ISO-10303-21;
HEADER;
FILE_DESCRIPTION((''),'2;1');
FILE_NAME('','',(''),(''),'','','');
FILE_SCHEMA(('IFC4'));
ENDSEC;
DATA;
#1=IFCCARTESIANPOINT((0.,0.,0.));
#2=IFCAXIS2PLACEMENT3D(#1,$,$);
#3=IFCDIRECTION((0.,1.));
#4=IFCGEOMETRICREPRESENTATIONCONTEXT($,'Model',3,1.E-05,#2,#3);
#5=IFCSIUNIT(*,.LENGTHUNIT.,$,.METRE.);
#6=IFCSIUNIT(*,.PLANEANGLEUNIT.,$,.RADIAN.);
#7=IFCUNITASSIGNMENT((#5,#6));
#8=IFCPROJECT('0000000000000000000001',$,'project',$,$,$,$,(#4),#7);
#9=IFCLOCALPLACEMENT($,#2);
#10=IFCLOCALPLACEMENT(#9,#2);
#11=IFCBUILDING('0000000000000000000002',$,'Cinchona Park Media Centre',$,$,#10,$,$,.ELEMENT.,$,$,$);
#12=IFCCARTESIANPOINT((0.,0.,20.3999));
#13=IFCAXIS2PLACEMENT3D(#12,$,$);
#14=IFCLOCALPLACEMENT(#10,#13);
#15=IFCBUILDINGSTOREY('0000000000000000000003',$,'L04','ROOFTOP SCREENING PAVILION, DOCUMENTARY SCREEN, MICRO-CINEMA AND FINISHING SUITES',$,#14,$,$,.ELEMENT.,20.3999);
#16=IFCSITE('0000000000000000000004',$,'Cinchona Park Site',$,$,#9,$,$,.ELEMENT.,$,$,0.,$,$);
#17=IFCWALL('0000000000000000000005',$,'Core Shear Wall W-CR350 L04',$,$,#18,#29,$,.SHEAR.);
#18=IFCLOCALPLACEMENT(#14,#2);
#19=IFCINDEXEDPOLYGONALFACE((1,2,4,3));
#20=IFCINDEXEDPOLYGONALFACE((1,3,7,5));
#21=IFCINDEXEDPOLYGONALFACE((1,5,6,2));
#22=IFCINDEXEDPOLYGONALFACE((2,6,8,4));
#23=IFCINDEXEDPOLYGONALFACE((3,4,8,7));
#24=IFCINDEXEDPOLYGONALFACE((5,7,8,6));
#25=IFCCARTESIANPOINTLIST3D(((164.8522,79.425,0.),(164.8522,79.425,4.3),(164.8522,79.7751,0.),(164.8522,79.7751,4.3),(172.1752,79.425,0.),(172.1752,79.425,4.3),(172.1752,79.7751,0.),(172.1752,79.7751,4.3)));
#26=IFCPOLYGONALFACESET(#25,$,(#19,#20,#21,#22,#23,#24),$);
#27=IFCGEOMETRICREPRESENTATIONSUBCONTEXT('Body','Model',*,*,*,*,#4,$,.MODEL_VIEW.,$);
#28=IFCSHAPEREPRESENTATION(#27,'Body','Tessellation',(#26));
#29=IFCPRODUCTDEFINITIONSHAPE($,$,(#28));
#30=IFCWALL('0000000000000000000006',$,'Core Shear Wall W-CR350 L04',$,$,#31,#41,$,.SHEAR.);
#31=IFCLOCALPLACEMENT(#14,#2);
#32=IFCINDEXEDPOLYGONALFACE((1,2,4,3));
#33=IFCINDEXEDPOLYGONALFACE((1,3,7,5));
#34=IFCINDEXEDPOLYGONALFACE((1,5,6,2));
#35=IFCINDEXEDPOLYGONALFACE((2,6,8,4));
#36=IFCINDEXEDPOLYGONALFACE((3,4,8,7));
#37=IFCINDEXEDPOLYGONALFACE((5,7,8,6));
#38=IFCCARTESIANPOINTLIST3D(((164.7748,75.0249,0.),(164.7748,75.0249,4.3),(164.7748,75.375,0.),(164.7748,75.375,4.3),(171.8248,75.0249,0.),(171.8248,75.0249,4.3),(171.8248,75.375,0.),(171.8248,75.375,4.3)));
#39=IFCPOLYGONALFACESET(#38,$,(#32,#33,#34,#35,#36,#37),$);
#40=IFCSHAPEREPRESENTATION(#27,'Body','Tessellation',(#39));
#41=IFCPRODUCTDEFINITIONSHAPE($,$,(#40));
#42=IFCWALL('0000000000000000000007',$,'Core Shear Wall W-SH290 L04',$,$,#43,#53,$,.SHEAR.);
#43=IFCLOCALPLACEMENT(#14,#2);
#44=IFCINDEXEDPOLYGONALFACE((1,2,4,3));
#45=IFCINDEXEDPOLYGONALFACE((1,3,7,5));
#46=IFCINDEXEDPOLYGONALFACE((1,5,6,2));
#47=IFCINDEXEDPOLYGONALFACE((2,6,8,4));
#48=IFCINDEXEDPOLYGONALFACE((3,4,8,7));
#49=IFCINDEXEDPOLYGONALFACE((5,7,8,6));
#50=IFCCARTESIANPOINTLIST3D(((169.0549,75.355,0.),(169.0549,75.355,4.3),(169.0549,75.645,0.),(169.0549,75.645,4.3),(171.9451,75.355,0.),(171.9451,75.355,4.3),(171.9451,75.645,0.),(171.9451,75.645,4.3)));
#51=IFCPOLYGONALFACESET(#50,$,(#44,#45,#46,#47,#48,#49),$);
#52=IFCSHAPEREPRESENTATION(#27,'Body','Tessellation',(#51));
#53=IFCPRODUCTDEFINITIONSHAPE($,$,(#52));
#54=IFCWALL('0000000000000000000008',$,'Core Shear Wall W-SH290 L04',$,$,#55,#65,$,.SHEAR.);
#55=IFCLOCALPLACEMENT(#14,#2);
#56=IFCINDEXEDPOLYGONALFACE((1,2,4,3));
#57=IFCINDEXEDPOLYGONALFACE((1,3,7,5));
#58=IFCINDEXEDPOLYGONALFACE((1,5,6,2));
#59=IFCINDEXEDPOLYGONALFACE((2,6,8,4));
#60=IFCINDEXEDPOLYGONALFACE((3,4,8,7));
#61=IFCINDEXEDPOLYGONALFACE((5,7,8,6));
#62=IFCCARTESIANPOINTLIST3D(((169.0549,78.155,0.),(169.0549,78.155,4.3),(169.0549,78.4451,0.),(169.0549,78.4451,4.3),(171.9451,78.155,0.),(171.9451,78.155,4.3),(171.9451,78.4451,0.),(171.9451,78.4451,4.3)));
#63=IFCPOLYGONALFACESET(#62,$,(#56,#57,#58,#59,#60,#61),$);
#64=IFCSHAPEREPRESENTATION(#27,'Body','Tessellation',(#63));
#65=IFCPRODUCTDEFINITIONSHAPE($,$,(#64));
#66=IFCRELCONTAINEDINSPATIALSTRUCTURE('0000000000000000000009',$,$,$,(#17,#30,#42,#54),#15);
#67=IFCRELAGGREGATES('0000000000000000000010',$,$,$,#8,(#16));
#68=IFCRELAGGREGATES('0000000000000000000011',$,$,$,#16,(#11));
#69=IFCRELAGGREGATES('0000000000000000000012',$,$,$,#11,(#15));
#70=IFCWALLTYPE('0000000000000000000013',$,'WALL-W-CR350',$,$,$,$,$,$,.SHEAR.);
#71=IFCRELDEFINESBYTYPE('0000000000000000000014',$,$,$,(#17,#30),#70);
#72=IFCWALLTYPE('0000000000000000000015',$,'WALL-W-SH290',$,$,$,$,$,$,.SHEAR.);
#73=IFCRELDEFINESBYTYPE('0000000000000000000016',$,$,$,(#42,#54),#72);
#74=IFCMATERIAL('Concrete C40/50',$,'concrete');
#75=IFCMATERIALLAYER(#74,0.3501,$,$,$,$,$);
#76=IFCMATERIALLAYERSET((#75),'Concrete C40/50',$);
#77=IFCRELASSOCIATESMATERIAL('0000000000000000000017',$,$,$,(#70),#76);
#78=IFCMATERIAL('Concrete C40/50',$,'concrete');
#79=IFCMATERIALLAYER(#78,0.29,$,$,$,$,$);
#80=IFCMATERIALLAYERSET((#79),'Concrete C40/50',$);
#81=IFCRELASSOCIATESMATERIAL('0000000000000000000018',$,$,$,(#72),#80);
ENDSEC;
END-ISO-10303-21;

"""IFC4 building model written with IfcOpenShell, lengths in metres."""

from ifc_helpers import new_model, si_unit, direction, frame, frame_2d, origin, place, context, subcontext, project, spatial, rectangle, extrude, material, layer, layer_set, type_object, element, save


model = new_model("IFC4")

# Units and contexts
model_context = context("Model", 3, precision=1e-05, world=origin(), true_north=direction((0.0, 1.0)))
body_context = subcontext(model_context, "Body", "Model", "MODEL_VIEW")
ifc_project = project(units=[si_unit("LENGTHUNIT", "METRE"), si_unit("PLANEANGLEUNIT", "RADIAN")], contexts=[model_context])

# Site, building, storey
site_placement = place(None, origin())
site = spatial("IfcSite", under=ifc_project, at=site_placement, Name="Cinchona Park Site", CompositionType="ELEMENT", RefElevation=0.0)
building_placement = place(site_placement, origin())
building = spatial("IfcBuilding", under=site, at=building_placement, Name="Cinchona Park Media Centre", CompositionType="ELEMENT")
storey_placement = place(building_placement, frame((0.0, 0.0, 20.3999)))
storey = spatial("IfcBuildingStorey", under=building, at=storey_placement, Name="L04", Description="ROOFTOP SCREENING PAVILION, DOCUMENTARY SCREEN, MICRO-CINEMA AND FINISHING SUITES", CompositionType="ELEMENT", Elevation=20.3999)

# Walls
ifc_material_1 = material(Name="Concrete C40/50", Category="concrete")
ifc_layer_1 = layer(ifc_material_1, 0.3501)
ifc_layer_set_1 = layer_set([ifc_layer_1], Name="Concrete C40/50")
wall_type_1 = type_object("IfcWallType", Name="WALL-W-CR350", PredefinedType="SHEAR", material=ifc_layer_set_1)
wall_1_placement = place(storey_placement, frame((164.8521, 79.6001, 0.0), z_axis=(0.0, 0.0, 1.0), x_axis=(1.0, 0.0, 0.0)))
element("IfcWall", 1, at=wall_1_placement, inside=storey, type_object=wall_type_1, Name="Core Shear Wall W-CR350 L04", PredefinedType="SHEAR", context=body_context, shape_type="SweptSolid", body=[
    extrude(rectangle(XDim=7.323, YDim=0.3501, at=frame_2d((3.6616, 0.0))), origin(), (0.0, 0.0, 1.0), 4.3),
])
wall_2_placement = place(storey_placement, frame((164.7749, 75.2, 0.0), z_axis=(0.0, 0.0, 1.0), x_axis=(1.0, 0.0, 0.0)))
element("IfcWall", 2, at=wall_2_placement, inside=storey, type_object=wall_type_1, Name="Core Shear Wall W-CR350 L04", PredefinedType="SHEAR", context=body_context, shape_type="SweptSolid", body=[
    extrude(rectangle(XDim=7.05, YDim=0.3501, at=frame_2d((3.5249, 0.0))), origin(), (0.0, 0.0, 1.0), 4.3),
])
ifc_material_2 = material(Name="Concrete C40/50", Category="concrete")
ifc_layer_2 = layer(ifc_material_2, 0.29)
ifc_layer_set_2 = layer_set([ifc_layer_2], Name="Concrete C40/50")
wall_type_2 = type_object("IfcWallType", Name="WALL-W-SH290", PredefinedType="SHEAR", material=ifc_layer_set_2)
for number, where, z_axis, x_axis, name in (
    (3, (169.0549, 75.5, 0.0), (0.0, 0.0, 1.0), (1.0, 0.0, 0.0), "Core Shear Wall W-SH290 L04"),
    (4, (169.0549, 78.3, 0.0), (0.0, 0.0, 1.0), (1.0, 0.0, 0.0), "Core Shear Wall W-SH290 L04"),
):
    element("IfcWall", number, at=place(storey_placement, frame(where, z_axis=z_axis, x_axis=x_axis)), inside=storey, type_object=wall_type_2, Name=name, PredefinedType="SHEAR", context=body_context, shape_type="SweptSolid", body=[
        extrude(rectangle(XDim=2.8901, YDim=0.29, at=frame_2d((1.4451, 0.0))), origin(), (0.0, 0.0, 1.0), 4.3),
    ])

save(model, "model.ifc")
